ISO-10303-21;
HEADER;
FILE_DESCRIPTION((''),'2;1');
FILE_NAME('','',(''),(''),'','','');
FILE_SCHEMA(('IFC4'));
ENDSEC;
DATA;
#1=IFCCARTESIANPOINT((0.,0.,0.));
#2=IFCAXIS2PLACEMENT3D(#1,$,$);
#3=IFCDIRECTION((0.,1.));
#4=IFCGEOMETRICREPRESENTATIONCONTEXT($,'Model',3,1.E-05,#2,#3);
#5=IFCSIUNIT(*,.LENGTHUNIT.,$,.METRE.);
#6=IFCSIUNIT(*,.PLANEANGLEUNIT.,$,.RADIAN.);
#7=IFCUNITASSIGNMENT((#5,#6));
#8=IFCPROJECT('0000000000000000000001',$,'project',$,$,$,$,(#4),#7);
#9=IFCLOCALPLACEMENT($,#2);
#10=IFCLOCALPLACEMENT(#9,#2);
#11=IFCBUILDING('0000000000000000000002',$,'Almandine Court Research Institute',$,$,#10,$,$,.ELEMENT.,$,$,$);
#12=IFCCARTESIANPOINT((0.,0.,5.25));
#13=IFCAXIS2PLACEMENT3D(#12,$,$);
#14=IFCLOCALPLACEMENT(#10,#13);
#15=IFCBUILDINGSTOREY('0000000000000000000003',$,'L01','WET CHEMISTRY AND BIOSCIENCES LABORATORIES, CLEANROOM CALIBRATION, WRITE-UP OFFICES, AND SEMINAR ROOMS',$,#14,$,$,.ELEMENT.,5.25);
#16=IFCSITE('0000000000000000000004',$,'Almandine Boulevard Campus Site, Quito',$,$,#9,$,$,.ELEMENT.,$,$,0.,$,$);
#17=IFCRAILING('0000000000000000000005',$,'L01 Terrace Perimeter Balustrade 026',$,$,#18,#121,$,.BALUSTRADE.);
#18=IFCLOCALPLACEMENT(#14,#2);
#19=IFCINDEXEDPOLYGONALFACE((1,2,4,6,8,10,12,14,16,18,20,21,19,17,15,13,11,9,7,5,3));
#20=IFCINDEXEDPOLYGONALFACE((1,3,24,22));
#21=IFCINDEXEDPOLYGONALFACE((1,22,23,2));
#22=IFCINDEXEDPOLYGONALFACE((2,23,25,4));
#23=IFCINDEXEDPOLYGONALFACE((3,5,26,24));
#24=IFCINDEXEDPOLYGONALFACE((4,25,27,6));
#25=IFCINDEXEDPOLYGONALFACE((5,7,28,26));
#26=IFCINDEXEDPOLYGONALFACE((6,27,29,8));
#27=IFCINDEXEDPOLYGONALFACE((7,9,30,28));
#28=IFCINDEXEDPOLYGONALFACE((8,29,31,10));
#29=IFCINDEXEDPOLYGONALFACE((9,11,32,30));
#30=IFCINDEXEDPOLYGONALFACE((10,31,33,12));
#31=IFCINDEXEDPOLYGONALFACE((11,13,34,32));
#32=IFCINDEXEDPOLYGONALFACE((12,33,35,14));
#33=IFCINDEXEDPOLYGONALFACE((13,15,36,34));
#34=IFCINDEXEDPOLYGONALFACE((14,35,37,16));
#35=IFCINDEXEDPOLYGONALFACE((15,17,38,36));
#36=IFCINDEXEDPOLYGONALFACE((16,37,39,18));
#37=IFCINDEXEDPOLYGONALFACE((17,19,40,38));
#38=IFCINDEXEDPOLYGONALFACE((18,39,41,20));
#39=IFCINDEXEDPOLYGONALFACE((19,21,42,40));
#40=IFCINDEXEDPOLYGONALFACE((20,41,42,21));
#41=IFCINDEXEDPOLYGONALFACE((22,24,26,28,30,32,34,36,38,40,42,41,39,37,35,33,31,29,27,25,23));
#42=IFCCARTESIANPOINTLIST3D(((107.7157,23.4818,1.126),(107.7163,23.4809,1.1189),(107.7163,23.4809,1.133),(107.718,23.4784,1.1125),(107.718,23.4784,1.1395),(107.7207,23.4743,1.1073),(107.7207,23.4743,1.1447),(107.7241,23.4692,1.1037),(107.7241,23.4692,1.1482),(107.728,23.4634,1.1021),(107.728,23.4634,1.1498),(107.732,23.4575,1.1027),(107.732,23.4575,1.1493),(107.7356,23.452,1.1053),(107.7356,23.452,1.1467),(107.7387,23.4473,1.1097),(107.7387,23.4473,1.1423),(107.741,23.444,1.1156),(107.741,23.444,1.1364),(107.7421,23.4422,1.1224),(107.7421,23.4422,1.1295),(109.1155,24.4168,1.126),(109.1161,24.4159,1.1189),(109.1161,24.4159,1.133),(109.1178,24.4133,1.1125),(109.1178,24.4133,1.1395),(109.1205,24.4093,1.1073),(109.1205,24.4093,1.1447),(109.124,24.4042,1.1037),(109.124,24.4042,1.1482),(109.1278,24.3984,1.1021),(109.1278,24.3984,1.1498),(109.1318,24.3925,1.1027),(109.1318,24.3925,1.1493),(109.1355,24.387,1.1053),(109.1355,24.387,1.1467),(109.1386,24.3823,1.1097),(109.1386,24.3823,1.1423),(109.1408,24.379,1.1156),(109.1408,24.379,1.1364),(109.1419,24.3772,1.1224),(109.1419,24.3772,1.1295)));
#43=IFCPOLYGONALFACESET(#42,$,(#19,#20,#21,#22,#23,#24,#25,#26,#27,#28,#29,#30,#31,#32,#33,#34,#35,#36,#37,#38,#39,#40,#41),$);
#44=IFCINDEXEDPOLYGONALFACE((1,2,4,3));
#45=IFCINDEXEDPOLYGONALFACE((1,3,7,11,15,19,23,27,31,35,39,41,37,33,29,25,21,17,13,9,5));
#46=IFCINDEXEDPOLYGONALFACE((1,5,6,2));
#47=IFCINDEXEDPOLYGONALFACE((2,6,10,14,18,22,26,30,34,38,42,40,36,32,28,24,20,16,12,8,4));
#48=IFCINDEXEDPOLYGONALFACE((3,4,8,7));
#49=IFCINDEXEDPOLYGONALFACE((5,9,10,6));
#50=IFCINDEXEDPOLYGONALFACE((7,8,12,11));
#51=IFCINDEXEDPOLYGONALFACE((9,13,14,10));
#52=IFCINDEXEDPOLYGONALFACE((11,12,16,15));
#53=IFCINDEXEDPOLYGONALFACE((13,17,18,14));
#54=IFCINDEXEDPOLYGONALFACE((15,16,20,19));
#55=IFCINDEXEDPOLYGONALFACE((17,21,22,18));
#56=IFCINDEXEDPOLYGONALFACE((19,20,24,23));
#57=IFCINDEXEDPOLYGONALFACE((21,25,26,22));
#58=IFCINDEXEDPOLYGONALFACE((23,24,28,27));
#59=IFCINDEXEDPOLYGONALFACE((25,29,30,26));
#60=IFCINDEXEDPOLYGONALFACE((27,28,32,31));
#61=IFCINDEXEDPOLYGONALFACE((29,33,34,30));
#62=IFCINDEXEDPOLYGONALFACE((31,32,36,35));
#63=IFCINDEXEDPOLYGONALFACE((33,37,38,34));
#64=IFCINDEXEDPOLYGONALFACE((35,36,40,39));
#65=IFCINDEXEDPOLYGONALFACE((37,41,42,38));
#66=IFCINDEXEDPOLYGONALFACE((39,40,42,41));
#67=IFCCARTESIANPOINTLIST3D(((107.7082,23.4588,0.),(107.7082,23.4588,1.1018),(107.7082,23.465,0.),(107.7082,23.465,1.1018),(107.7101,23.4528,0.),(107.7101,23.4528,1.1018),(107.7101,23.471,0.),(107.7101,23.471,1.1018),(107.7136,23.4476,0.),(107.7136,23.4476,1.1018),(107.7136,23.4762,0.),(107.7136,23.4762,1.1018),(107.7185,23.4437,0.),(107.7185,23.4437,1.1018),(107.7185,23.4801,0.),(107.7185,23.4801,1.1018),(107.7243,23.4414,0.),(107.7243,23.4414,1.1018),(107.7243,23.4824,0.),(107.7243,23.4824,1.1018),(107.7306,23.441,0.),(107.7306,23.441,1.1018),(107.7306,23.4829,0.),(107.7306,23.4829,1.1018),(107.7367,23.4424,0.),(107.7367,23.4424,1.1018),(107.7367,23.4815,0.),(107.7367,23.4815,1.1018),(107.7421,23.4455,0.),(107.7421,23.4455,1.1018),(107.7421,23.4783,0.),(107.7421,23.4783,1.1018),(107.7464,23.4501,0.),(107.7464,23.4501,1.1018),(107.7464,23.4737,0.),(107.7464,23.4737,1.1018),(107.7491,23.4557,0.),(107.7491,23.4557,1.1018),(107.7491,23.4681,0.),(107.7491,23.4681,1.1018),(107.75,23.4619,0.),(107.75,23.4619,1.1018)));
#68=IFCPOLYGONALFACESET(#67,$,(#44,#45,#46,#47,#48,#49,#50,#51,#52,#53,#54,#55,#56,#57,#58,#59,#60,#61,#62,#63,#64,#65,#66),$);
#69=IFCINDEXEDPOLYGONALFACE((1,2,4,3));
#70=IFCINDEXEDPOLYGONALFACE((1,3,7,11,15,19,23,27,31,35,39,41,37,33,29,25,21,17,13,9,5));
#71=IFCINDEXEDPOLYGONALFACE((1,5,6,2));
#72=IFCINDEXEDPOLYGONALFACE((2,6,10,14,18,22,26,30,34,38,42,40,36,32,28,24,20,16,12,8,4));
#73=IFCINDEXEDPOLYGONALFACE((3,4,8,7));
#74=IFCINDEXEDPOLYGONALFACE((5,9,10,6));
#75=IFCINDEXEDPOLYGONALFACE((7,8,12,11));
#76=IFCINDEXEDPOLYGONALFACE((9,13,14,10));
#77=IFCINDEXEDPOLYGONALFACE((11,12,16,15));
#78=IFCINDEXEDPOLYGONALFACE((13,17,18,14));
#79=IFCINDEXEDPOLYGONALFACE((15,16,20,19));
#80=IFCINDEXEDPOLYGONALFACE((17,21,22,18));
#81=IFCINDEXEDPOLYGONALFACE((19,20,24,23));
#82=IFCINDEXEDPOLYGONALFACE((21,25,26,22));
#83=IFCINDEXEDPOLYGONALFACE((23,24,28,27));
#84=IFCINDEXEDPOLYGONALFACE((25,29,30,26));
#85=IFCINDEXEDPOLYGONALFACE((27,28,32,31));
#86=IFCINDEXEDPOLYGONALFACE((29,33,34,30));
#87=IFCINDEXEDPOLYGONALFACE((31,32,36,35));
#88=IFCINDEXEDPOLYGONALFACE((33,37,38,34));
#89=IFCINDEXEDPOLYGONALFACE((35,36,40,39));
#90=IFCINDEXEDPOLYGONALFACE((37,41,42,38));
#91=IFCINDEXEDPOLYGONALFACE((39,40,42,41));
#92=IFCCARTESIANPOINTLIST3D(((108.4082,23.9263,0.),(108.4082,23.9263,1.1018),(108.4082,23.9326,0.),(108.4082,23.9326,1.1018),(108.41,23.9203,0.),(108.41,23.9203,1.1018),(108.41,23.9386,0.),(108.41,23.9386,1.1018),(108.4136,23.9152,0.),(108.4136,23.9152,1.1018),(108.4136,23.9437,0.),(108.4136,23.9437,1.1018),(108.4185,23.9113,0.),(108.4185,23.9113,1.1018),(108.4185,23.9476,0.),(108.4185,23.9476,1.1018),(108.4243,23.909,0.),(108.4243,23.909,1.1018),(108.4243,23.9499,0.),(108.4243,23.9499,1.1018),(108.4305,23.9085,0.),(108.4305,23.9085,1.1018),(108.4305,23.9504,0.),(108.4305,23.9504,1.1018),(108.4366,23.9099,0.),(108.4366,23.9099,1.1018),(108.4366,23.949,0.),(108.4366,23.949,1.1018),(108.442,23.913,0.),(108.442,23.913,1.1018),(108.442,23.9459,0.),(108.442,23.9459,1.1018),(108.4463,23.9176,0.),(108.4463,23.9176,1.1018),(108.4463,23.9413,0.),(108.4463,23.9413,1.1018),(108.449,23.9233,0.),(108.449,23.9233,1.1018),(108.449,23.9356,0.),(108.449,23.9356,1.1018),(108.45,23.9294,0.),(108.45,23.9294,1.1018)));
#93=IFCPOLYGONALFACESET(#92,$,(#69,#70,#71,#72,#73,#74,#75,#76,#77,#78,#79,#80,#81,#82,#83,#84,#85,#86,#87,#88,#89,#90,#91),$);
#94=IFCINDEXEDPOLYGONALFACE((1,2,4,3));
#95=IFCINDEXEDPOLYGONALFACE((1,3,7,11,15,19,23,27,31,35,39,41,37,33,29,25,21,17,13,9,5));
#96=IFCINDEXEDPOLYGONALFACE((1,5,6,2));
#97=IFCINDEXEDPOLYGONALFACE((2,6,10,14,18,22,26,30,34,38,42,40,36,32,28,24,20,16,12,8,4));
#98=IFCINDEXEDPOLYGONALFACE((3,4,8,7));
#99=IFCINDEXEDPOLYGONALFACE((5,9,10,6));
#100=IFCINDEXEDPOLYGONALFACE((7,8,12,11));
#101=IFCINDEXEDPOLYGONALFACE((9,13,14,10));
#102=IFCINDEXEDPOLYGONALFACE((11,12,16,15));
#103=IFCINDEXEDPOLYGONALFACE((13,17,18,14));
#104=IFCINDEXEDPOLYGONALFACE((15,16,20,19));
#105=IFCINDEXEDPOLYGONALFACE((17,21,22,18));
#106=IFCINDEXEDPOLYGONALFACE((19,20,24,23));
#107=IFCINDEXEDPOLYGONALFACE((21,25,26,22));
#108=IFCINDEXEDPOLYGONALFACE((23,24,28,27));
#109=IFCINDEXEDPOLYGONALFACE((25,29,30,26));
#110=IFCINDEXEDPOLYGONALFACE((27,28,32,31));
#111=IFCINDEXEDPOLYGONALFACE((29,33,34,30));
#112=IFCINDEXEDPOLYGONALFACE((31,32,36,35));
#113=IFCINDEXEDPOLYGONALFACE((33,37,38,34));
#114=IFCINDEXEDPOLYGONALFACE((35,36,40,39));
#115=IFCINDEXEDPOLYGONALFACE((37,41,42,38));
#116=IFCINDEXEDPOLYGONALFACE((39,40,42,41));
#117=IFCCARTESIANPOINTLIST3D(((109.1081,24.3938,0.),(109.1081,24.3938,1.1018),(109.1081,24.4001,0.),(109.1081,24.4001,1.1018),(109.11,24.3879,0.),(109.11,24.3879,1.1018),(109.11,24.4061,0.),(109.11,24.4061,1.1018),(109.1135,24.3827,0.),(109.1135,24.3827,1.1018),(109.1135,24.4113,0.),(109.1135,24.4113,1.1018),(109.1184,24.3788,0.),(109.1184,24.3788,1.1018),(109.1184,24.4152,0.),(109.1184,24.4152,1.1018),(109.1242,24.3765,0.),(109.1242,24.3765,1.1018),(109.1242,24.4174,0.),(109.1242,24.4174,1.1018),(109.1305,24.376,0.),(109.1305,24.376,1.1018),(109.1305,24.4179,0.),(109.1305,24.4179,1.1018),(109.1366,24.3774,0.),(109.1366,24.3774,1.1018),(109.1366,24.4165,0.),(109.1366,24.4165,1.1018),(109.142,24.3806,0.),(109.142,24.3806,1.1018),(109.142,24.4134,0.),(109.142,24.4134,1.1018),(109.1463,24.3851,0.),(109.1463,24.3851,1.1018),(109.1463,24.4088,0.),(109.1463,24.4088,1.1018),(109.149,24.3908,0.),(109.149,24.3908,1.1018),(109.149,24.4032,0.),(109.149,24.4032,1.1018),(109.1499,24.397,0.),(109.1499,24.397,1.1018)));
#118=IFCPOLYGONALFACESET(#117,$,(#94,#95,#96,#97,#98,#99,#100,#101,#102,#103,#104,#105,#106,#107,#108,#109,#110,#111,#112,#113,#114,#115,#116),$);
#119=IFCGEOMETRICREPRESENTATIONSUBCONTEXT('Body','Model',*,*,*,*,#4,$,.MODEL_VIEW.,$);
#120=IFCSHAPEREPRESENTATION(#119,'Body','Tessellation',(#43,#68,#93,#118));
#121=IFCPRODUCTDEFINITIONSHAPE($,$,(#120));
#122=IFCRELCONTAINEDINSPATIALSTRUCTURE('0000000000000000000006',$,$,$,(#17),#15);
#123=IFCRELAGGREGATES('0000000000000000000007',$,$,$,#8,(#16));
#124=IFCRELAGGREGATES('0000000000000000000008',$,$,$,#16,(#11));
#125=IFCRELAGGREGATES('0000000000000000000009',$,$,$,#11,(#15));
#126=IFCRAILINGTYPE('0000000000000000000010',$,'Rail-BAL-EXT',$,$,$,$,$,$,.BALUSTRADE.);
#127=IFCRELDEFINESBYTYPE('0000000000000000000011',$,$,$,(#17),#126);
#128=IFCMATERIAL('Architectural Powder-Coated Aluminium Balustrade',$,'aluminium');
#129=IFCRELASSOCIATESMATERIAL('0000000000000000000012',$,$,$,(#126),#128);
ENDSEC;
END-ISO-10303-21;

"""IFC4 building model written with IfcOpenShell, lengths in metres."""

from ifc_helpers import new_model, si_unit, direction, frame, origin, origin_2d, place, context, subcontext, project, spatial, circle, extrude, material, type_object, element, save


model = new_model("IFC4")

# Units and contexts
model_context = context("Model", 3, precision=1e-05, world=origin(), true_north=direction((0.0, 1.0)))
body_context = subcontext(model_context, "Body", "Model", "MODEL_VIEW")
ifc_project = project(units=[si_unit("LENGTHUNIT", "METRE"), si_unit("PLANEANGLEUNIT", "RADIAN")], contexts=[model_context])

# Site, building, storey
site_placement = place(None, origin())
site = spatial("IfcSite", under=ifc_project, at=site_placement, Name="Almandine Boulevard Campus Site, Quito", CompositionType="ELEMENT", RefElevation=0.0)
building_placement = place(site_placement, origin())
building = spatial("IfcBuilding", under=site, at=building_placement, Name="Almandine Court Research Institute", CompositionType="ELEMENT")
storey_placement = place(building_placement, frame((0.0, 0.0, 5.25)))
storey = spatial("IfcBuildingStorey", under=building, at=storey_placement, Name="L01", Description="WET CHEMISTRY AND BIOSCIENCES LABORATORIES, CLEANROOM CALIBRATION, WRITE-UP OFFICES, AND SEMINAR ROOMS", CompositionType="ELEMENT", Elevation=5.25)

# Railing
ifc_material_1 = material(Name="Architectural Powder-Coated Aluminium Balustrade", Category="aluminium")
railing_type = type_object("IfcRailingType", Name="Rail-BAL-EXT", PredefinedType="BALUSTRADE", material=ifc_material_1)
railing_1_placement = place(storey_placement, frame((107.729, 23.4619, 0.0)))
element("IfcRailing", 1, at=railing_1_placement, inside=storey, type_object=railing_type, Name="L01 Terrace Perimeter Balustrade 026", PredefinedType="BALUSTRADE", context=body_context, shape_type="SweptSolid", body=[
    extrude(circle(Radius=0.0239, at=origin_2d()), frame((0.0, 0.0, 1.126), z_axis=(0.831559, 0.555436, 0.0), x_axis=(-0.555436, 0.831559, 0.0)), (0.0, 0.0, 1.0), 1.6833),
    extrude(circle(Radius=0.021, at=origin_2d()), origin(), (0.0, 0.0, 1.0), 1.1018),
    extrude(circle(Radius=0.021, at=origin_2d()), frame((0.7, 0.4675, 0.0)), (0.0, 0.0, 1.0), 1.1018),
    extrude(circle(Radius=0.021, at=origin_2d()), frame((1.3999, 0.9351, 0.0)), (0.0, 0.0, 1.0), 1.1018),
])

save(model, "model.ifc")
